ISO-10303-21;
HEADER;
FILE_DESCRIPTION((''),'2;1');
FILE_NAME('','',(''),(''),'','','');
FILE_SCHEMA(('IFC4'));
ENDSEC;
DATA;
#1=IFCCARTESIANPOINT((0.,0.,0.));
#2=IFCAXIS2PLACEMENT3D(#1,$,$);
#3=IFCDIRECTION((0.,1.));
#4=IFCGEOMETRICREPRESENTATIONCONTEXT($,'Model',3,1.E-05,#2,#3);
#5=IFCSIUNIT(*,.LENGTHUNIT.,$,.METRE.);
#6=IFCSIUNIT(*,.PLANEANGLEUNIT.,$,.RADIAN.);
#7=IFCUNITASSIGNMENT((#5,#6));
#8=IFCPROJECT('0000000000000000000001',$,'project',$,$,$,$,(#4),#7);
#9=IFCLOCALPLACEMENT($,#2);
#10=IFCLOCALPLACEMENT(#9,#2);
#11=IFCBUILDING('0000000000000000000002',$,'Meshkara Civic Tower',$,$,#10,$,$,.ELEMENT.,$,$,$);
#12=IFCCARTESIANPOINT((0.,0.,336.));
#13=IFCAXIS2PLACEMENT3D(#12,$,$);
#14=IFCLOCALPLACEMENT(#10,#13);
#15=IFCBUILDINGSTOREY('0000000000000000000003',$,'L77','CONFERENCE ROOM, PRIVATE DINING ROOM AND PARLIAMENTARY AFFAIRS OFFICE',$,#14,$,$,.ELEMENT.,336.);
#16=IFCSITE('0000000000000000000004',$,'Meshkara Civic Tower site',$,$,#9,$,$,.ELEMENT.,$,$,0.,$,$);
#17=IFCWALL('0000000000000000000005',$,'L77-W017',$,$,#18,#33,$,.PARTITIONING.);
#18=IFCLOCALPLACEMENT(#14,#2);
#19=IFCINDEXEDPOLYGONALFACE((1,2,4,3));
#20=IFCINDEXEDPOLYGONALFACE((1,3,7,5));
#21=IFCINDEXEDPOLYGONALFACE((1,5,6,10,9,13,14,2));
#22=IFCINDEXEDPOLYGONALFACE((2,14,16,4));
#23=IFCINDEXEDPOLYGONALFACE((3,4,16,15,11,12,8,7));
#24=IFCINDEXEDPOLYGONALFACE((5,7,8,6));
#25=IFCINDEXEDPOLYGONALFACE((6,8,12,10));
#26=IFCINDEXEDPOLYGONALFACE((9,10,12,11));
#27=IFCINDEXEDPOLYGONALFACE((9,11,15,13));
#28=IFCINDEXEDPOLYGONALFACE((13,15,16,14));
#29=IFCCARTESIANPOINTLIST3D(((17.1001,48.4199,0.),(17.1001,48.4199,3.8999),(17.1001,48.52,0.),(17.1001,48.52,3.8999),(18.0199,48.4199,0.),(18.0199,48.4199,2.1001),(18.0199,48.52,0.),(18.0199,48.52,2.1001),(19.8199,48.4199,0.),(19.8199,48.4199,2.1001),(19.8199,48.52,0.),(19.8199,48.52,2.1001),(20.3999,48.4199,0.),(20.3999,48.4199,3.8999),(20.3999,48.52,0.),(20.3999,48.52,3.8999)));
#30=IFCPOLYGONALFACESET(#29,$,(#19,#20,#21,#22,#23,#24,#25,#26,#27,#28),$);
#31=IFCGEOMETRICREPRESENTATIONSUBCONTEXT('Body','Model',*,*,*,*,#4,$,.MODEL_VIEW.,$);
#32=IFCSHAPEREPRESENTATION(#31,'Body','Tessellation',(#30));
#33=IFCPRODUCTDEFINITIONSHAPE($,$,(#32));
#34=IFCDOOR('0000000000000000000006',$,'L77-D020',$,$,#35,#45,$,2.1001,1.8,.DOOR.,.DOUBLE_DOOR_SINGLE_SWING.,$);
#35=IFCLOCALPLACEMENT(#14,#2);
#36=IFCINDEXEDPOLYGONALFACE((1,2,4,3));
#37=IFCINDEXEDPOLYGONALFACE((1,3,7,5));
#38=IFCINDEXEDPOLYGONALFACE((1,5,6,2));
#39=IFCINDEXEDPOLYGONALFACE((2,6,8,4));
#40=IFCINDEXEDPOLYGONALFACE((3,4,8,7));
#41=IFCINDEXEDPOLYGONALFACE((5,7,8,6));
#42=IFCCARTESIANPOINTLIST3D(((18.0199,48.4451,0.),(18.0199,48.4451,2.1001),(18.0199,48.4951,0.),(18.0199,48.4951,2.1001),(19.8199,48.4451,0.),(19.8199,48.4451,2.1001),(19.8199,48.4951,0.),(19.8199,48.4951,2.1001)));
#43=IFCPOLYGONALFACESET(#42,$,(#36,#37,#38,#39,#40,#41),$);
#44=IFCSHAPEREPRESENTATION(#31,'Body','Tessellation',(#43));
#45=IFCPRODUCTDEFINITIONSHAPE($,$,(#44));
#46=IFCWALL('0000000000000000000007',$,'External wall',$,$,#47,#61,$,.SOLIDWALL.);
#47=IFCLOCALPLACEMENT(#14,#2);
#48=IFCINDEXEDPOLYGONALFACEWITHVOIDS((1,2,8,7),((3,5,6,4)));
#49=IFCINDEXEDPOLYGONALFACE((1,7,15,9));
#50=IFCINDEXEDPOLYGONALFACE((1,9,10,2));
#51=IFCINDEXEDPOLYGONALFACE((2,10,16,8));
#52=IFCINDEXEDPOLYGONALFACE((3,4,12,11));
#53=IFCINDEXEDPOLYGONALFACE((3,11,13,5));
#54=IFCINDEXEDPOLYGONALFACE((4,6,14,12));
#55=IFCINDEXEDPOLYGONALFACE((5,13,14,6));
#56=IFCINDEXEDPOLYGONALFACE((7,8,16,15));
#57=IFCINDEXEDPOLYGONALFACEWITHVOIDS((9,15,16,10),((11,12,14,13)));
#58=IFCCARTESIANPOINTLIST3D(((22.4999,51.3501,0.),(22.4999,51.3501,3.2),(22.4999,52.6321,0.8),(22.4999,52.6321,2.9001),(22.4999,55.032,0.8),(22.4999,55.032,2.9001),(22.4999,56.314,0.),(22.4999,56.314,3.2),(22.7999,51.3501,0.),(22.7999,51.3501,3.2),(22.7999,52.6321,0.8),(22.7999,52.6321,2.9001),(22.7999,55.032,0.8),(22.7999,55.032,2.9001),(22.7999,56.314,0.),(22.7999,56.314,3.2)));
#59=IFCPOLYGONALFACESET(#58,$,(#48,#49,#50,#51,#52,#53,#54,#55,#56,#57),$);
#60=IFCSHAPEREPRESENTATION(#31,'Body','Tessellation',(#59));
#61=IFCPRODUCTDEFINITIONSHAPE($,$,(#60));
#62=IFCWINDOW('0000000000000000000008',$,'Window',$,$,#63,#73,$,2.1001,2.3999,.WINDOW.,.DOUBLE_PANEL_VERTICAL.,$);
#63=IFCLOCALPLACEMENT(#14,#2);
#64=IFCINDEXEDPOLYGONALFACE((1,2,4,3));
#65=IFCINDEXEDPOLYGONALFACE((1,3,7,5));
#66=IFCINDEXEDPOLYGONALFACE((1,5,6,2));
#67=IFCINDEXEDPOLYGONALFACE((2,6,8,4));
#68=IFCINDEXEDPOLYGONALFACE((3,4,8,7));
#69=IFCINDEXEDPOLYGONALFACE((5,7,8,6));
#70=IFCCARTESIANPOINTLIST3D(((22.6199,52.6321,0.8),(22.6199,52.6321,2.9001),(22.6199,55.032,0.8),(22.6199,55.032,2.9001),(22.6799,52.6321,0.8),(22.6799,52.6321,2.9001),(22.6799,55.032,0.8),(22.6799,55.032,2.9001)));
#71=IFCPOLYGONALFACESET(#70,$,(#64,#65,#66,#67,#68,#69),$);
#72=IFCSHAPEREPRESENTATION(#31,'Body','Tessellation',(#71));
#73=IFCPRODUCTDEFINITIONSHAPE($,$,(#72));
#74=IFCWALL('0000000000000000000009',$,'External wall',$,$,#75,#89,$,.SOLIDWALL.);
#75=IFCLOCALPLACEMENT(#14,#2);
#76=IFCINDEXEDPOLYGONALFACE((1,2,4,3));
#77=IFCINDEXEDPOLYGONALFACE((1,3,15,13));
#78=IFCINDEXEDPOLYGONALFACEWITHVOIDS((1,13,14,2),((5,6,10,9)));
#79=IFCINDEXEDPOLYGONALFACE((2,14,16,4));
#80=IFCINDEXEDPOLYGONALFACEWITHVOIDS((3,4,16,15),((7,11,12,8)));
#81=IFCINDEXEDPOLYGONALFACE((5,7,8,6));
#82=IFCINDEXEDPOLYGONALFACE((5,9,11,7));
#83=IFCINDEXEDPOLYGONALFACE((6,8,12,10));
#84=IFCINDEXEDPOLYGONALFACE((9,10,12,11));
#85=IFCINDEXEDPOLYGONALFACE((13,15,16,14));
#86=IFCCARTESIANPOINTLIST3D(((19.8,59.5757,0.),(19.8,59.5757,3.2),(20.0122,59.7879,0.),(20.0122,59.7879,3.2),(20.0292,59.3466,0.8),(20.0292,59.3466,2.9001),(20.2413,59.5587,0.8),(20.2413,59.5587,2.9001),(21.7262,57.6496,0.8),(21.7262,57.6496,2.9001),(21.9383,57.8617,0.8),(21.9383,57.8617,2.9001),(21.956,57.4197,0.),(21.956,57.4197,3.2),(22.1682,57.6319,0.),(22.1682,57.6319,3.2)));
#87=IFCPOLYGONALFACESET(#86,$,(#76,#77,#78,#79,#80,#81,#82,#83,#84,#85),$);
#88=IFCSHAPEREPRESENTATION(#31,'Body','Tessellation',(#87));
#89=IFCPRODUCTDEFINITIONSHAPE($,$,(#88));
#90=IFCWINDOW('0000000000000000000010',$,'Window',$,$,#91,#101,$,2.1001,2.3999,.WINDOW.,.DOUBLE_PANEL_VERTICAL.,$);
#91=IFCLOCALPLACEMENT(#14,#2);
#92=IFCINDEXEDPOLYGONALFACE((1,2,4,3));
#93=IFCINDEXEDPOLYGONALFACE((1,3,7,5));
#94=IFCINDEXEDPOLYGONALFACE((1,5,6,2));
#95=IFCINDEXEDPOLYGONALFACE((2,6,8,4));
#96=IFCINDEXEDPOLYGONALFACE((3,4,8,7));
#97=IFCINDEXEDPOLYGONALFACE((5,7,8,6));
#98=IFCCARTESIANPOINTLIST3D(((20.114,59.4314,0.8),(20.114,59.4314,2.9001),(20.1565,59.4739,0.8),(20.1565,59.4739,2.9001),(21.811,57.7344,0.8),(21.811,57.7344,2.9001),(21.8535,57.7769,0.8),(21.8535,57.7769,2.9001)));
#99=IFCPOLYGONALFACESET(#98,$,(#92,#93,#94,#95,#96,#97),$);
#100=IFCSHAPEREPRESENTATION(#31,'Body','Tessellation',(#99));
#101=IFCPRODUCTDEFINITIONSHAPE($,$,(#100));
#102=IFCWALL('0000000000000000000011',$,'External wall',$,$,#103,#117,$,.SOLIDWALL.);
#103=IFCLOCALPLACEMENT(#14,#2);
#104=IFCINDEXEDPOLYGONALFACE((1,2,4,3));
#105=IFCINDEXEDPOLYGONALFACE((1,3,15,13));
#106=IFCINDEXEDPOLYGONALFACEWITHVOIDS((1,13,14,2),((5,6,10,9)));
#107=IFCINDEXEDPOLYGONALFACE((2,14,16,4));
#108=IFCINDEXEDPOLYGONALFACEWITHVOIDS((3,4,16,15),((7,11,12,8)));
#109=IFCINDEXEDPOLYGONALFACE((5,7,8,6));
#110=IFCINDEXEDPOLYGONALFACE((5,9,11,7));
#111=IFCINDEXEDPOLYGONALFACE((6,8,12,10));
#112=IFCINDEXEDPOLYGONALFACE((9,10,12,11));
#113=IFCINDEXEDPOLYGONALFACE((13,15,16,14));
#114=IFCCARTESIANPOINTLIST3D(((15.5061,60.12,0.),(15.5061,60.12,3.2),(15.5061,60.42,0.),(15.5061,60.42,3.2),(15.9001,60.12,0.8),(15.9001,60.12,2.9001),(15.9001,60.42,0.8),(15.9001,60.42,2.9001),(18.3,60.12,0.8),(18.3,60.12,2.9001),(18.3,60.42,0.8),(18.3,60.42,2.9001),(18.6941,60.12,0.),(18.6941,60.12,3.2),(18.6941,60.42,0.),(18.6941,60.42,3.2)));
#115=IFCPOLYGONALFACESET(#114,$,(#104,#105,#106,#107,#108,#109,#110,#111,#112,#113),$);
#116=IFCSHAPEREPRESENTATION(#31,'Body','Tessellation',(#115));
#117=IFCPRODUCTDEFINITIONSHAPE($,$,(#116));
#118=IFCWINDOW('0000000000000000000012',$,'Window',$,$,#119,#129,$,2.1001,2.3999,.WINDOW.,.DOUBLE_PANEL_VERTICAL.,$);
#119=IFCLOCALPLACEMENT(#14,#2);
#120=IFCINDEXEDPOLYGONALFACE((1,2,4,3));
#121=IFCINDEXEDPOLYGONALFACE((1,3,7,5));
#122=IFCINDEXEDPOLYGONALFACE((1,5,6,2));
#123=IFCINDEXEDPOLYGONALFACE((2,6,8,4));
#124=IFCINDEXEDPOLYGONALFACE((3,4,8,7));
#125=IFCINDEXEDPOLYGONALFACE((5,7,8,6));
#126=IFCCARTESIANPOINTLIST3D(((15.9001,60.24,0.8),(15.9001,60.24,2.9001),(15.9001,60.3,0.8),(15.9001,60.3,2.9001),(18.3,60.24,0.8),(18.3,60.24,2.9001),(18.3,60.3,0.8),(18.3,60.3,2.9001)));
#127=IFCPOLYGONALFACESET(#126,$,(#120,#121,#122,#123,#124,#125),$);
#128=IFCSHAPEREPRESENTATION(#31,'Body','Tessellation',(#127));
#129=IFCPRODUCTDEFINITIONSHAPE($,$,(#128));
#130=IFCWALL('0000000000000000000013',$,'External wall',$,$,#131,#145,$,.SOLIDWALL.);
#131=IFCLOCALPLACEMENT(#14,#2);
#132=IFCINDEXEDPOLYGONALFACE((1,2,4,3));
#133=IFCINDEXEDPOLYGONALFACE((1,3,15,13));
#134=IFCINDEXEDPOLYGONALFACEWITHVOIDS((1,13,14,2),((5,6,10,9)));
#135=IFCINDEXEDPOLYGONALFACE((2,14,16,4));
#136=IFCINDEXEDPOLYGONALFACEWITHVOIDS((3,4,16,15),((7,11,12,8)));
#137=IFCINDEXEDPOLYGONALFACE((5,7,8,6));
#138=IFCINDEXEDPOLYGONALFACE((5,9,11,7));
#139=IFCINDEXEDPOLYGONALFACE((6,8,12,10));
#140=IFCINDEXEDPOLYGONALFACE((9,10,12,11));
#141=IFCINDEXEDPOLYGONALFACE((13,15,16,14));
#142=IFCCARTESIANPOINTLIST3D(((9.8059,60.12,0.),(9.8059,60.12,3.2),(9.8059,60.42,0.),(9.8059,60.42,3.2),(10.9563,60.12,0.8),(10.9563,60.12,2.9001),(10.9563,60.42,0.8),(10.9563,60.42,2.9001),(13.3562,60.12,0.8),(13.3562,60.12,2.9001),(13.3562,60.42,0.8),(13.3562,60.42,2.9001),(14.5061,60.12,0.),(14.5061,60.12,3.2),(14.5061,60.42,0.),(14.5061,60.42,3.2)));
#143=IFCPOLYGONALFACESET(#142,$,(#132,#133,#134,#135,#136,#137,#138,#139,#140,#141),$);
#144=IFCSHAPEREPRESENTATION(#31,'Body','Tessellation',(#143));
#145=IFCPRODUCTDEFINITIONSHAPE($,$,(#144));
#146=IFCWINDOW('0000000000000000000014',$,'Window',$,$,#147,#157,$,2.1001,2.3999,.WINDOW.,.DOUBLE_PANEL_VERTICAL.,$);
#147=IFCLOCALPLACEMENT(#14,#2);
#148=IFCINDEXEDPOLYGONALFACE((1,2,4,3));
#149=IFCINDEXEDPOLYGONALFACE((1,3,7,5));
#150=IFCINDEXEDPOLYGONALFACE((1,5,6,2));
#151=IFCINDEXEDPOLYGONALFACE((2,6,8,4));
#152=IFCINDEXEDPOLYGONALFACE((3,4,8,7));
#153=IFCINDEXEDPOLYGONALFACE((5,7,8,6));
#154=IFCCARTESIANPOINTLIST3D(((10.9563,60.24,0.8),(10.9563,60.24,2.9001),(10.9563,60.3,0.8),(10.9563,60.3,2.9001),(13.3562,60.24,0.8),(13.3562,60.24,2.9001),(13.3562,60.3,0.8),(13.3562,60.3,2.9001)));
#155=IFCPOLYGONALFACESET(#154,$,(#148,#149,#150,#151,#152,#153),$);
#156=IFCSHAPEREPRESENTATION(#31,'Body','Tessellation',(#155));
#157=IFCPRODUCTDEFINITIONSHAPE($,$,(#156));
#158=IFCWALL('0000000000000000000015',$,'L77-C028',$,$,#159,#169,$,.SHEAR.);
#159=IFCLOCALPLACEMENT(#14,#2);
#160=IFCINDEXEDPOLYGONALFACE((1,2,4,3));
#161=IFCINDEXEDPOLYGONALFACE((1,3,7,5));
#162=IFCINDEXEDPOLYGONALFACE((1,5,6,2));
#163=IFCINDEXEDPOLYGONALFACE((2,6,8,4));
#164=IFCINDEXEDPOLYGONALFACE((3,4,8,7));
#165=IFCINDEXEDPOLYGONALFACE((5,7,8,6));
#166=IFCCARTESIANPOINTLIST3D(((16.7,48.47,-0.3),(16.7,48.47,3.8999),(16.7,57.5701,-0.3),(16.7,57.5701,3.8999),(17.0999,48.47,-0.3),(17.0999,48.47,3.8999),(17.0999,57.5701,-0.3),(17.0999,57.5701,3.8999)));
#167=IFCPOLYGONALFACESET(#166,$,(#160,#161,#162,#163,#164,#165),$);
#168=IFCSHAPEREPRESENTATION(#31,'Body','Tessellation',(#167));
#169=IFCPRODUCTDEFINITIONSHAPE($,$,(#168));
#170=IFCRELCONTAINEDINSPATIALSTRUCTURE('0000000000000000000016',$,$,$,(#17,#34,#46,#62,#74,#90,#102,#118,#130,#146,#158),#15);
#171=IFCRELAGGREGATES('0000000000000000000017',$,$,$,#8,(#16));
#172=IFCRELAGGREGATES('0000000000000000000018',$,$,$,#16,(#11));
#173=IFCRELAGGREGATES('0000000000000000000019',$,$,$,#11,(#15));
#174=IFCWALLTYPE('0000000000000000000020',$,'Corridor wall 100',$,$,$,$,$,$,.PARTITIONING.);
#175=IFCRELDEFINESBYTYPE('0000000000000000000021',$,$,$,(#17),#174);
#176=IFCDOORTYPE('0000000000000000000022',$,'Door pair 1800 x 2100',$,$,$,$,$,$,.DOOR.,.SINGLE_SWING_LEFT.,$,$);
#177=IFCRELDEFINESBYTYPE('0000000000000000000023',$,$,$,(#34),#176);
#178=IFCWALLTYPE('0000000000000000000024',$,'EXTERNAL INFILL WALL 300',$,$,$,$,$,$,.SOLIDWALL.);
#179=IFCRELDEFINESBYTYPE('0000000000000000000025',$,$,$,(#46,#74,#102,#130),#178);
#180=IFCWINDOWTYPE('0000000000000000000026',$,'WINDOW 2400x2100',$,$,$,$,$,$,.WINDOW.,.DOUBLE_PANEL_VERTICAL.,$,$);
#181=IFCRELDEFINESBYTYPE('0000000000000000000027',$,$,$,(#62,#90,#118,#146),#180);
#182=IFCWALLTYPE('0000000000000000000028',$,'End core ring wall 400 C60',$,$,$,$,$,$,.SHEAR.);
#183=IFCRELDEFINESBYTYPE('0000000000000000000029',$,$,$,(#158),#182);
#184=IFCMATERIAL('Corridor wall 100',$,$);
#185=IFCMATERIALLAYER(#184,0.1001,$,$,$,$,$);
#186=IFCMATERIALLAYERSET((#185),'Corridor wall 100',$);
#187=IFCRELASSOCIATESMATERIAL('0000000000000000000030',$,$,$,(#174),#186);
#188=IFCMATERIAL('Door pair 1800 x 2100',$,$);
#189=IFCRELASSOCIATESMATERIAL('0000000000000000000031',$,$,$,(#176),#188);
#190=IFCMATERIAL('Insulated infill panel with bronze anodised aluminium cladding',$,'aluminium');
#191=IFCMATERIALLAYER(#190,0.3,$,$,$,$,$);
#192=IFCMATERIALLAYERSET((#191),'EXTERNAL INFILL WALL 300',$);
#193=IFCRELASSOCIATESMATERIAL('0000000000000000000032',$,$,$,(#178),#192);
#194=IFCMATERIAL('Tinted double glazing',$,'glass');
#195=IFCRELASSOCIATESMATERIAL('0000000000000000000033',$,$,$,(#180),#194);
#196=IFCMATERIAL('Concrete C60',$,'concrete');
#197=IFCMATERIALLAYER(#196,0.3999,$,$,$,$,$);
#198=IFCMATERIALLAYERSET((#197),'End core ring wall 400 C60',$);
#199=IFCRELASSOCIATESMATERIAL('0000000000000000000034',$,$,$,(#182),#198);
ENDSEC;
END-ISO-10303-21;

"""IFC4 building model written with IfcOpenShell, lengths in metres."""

from ifc_helpers import new_model, si_unit, direction, frame, frame_2d, origin, place, context, subcontext, project, spatial, rectangle, extrude, material, layer, layer_set, type_object, element, fill, save


model = new_model("IFC4")

# Units and contexts
model_context = context("Model", 3, precision=1e-05, world=origin(), true_north=direction((0.0, 1.0)))
body_context = subcontext(model_context, "Body", "Model", "MODEL_VIEW")
ifc_project = project(units=[si_unit("LENGTHUNIT", "METRE"), si_unit("PLANEANGLEUNIT", "RADIAN")], contexts=[model_context])

# Site, building, storey
site_placement = place(None, origin())
site = spatial("IfcSite", under=ifc_project, at=site_placement, Name="Meshkara Civic Tower site", CompositionType="ELEMENT", RefElevation=0.0)
building_placement = place(site_placement, origin())
building = spatial("IfcBuilding", under=site, at=building_placement, Name="Meshkara Civic Tower", CompositionType="ELEMENT")
storey_placement = place(building_placement, frame((0.0, 0.0, 336.0)))
storey = spatial("IfcBuildingStorey", under=building, at=storey_placement, Name="L77", Description="CONFERENCE ROOM, PRIVATE DINING ROOM AND PARLIAMENTARY AFFAIRS OFFICE", CompositionType="ELEMENT", Elevation=336.0)

# Shared definitions
ifc_material_1 = material(Name="Corridor wall 100")
ifc_layer_1 = layer(ifc_material_1, 0.1001)
ifc_layer_set_1 = layer_set([ifc_layer_1], Name="Corridor wall 100")
wall_type_1 = type_object("IfcWallType", Name="Corridor wall 100", PredefinedType="PARTITIONING", material=ifc_layer_set_1)

# Wall, opening, door
wall_1_placement = place(storey_placement, frame((20.3999, 48.47, 0.0), z_axis=(0.0, 0.0, 1.0), x_axis=(-1.0, 0.0, 0.0)))
wall_1 = element("IfcWall", 1, at=wall_1_placement, inside=storey, type_object=wall_type_1, Name="L77-W017", PredefinedType="PARTITIONING", context=body_context, shape_type="SweptSolid", body=[
    extrude(rectangle(XDim=3.2998, YDim=0.1001, at=frame_2d((1.6499, 0.0))), origin(), (0.0, 0.0, 1.0), 3.8999),
])
opening_1_placement = place(wall_1_placement, frame((0.5801, 0.0, 0.0)))
opening_1 = element("IfcOpeningElement", 2, at=opening_1_placement, cuts=wall_1, PredefinedType="OPENING", context=body_context, shape_type="SweptSolid", body=[
    extrude(rectangle(XDim=1.8, YDim=2.1001, at=frame_2d((0.8999, 1.05))), frame((0.0, 0.0601, 0.0), z_axis=(0.0, -1.0, 0.0), x_axis=(1.0, 0.0, 0.0)), (0.0, 0.0, 1.0), 0.1201),
])
ifc_material_2 = material(Name="Door pair 1800 x 2100")
door_type_1 = type_object("IfcDoorType", Name="Door pair 1800 x 2100", OperationType="SINGLE_SWING_LEFT", PredefinedType="DOOR", material=ifc_material_2)
door_1_placement = place(opening_1_placement, origin())
door_1 = element("IfcDoor", 3, at=door_1_placement, inside=storey, type_object=door_type_1, Name="L77-D020", OperationType="DOUBLE_DOOR_SINGLE_SWING", OverallHeight=2.1001, OverallWidth=1.8, PredefinedType="DOOR", context=body_context, shape_type="SweptSolid", body=[
    extrude(rectangle(XDim=1.8, YDim=2.1001, at=frame_2d((0.8999, 1.05))), frame((0.0, 0.0249, 0.0), z_axis=(0.0, -1.0, 0.0), x_axis=(1.0, 0.0, 0.0)), (0.0, 0.0, 1.0), 0.05),
])
fill(opening_1, door_1)

# Walls, openings, windows
ifc_material_3 = material(Name="Insulated infill panel with bronze anodised aluminium cladding", Category="aluminium")
ifc_layer_2 = layer(ifc_material_3, 0.3)
ifc_layer_set_2 = layer_set([ifc_layer_2], Name="EXTERNAL INFILL WALL 300")
wall_type_2 = type_object("IfcWallType", Name="EXTERNAL INFILL WALL 300", PredefinedType="SOLIDWALL", material=ifc_layer_set_2)
wall_2_placement = place(storey_placement, frame((22.6499, 51.3501, 0.0), z_axis=(0.0, 0.0, 1.0), x_axis=(0.0, 1.0, 0.0)))
wall_2 = element("IfcWall", 4, at=wall_2_placement, inside=storey, type_object=wall_type_2, Name="External wall", PredefinedType="SOLIDWALL", context=body_context, shape_type="SweptSolid", body=[
    extrude(rectangle(XDim=4.9639, YDim=0.3, at=frame_2d((2.4819, 0.0))), origin(), (0.0, 0.0, 1.0), 3.2),
])
opening_2_placement = place(wall_2_placement, frame((1.282, 0.0, 0.8)))
opening_2 = element("IfcOpeningElement", 5, at=opening_2_placement, cuts=wall_2, PredefinedType="OPENING", context=body_context, shape_type="SweptSolid", body=[
    extrude(rectangle(XDim=2.3999, YDim=2.1001, at=frame_2d((1.2, 1.05))), frame((0.0, 0.1599, 0.0), z_axis=(0.0, -1.0, 0.0), x_axis=(1.0, 0.0, 0.0)), (0.0, 0.0, 1.0), 0.3201),
])
ifc_material_4 = material(Name="Tinted double glazing", Category="glass")
window_type = type_object("IfcWindowType", Name="WINDOW 2400x2100", PartitioningType="DOUBLE_PANEL_VERTICAL", PredefinedType="WINDOW", material=ifc_material_4)
window_1_placement = place(opening_2_placement, origin())
window_1 = element("IfcWindow", 6, at=window_1_placement, inside=storey, type_object=window_type, Name="Window", OverallHeight=2.1001, OverallWidth=2.3999, PartitioningType="DOUBLE_PANEL_VERTICAL", PredefinedType="WINDOW", context=body_context, shape_type="SweptSolid", body=[
    extrude(rectangle(XDim=2.3999, YDim=2.1001, at=frame_2d((1.2, 1.05))), frame((0.0, 0.03, 0.0), z_axis=(0.0, -1.0, 0.0), x_axis=(1.0, 0.0, 0.0)), (0.0, 0.0, 1.0), 0.0601),
])
fill(opening_2, window_1)
wall_3_placement = place(storey_placement, frame((22.062, 57.5259, 0.0), z_axis=(0.0, 0.0, 1.0), x_axis=(-0.707107, 0.707107, 0.0)))
wall_3 = element("IfcWall", 7, at=wall_3_placement, inside=storey, type_object=wall_type_2, Name="External wall", PredefinedType="SOLIDWALL", context=body_context, shape_type="SweptSolid", body=[
    extrude(rectangle(XDim=3.0491, YDim=0.3, at=frame_2d((1.5244, 0.0))), origin(), (0.0, 0.0, 1.0), 3.2),
])
opening_3_placement = place(wall_3_placement, frame((0.325, 0.0, 0.8)))
opening_3 = element("IfcOpeningElement", 8, at=opening_3_placement, cuts=wall_3, PredefinedType="OPENING", context=body_context, shape_type="SweptSolid", body=[
    extrude(rectangle(XDim=2.3999, YDim=2.1001, at=frame_2d((1.2, 1.05))), frame((0.0, 0.1599, 0.0), z_axis=(0.0, -1.0, 0.0), x_axis=(1.0, 0.0, 0.0)), (0.0, 0.0, 1.0), 0.3201),
])
window_2_placement = place(opening_3_placement, origin())
window_2 = element("IfcWindow", 9, at=window_2_placement, inside=storey, type_object=window_type, Name="Window", OverallHeight=2.1001, OverallWidth=2.3999, PartitioningType="DOUBLE_PANEL_VERTICAL", PredefinedType="WINDOW", context=body_context, shape_type="SweptSolid", body=[
    extrude(rectangle(XDim=2.3999, YDim=2.1001, at=frame_2d((1.2, 1.05))), frame((0.0, 0.03, 0.0), z_axis=(0.0, -1.0, 0.0), x_axis=(1.0, 0.0, 0.0)), (0.0, 0.0, 1.0), 0.0601),
])
fill(opening_3, window_2)
wall_4_placement = place(storey_placement, frame((18.6941, 60.27, 0.0), z_axis=(0.0, 0.0, 1.0), x_axis=(-1.0, 0.0, 0.0)))
wall_4 = element("IfcWall", 10, at=wall_4_placement, inside=storey, type_object=wall_type_2, Name="External wall", PredefinedType="SOLIDWALL", context=body_context, shape_type="SweptSolid", body=[
    extrude(rectangle(XDim=3.188, YDim=0.3, at=frame_2d((1.594, 0.0))), origin(), (0.0, 0.0, 1.0), 3.2),
])
opening_4_placement = place(wall_4_placement, frame((0.394, 0.0, 0.8)))
opening_4 = element("IfcOpeningElement", 11, at=opening_4_placement, cuts=wall_4, PredefinedType="OPENING", context=body_context, shape_type="SweptSolid", body=[
    extrude(rectangle(XDim=2.3999, YDim=2.1001, at=frame_2d((1.2, 1.05))), frame((0.0, 0.1599, 0.0), z_axis=(0.0, -1.0, 0.0), x_axis=(1.0, 0.0, 0.0)), (0.0, 0.0, 1.0), 0.3201),
])
window_3_placement = place(opening_4_placement, origin())
window_3 = element("IfcWindow", 12, at=window_3_placement, inside=storey, type_object=window_type, Name="Window", OverallHeight=2.1001, OverallWidth=2.3999, PartitioningType="DOUBLE_PANEL_VERTICAL", PredefinedType="WINDOW", context=body_context, shape_type="SweptSolid", body=[
    extrude(rectangle(XDim=2.3999, YDim=2.1001, at=frame_2d((1.2, 1.05))), frame((0.0, 0.03, 0.0), z_axis=(0.0, -1.0, 0.0), x_axis=(1.0, 0.0, 0.0)), (0.0, 0.0, 1.0), 0.0601),
])
fill(opening_4, window_3)
wall_5_placement = place(storey_placement, frame((14.5061, 60.27, 0.0), z_axis=(0.0, 0.0, 1.0), x_axis=(-1.0, 0.0, 0.0)))
wall_5 = element("IfcWall", 13, at=wall_5_placement, inside=storey, type_object=wall_type_2, Name="External wall", PredefinedType="SOLIDWALL", context=body_context, shape_type="SweptSolid", body=[
    extrude(rectangle(XDim=4.7002, YDim=0.3, at=frame_2d((2.3501, 0.0))), origin(), (0.0, 0.0, 1.0), 3.2),
])
opening_5_placement = place(wall_5_placement, frame((1.1499, 0.0, 0.8)))
opening_5 = element("IfcOpeningElement", 14, at=opening_5_placement, cuts=wall_5, PredefinedType="OPENING", context=body_context, shape_type="SweptSolid", body=[
    extrude(rectangle(XDim=2.3999, YDim=2.1001, at=frame_2d((1.2, 1.05))), frame((0.0, 0.1599, 0.0), z_axis=(0.0, -1.0, 0.0), x_axis=(1.0, 0.0, 0.0)), (0.0, 0.0, 1.0), 0.3201),
])
window_4_placement = place(opening_5_placement, origin())
window_4 = element("IfcWindow", 15, at=window_4_placement, inside=storey, type_object=window_type, Name="Window", OverallHeight=2.1001, OverallWidth=2.3999, PartitioningType="DOUBLE_PANEL_VERTICAL", PredefinedType="WINDOW", context=body_context, shape_type="SweptSolid", body=[
    extrude(rectangle(XDim=2.3999, YDim=2.1001, at=frame_2d((1.2, 1.05))), frame((0.0, 0.03, 0.0), z_axis=(0.0, -1.0, 0.0), x_axis=(1.0, 0.0, 0.0)), (0.0, 0.0, 1.0), 0.0601),
])
fill(opening_5, window_4)

# Wall
ifc_material_5 = material(Name="Concrete C60", Category="concrete")
ifc_layer_3 = layer(ifc_material_5, 0.3999)
ifc_layer_set_3 = layer_set([ifc_layer_3], Name="End core ring wall 400 C60")
wall_type_3 = type_object("IfcWallType", Name="End core ring wall 400 C60", PredefinedType="SHEAR", material=ifc_layer_set_3)
wall_6_placement = place(storey_placement, frame((16.8999, 48.47, -0.3), z_axis=(0.0, 0.0, 1.0), x_axis=(0.0, 1.0, 0.0)))
element("IfcWall", 16, at=wall_6_placement, inside=storey, type_object=wall_type_3, Name="L77-C028", PredefinedType="SHEAR", context=body_context, shape_type="SweptSolid", body=[
    extrude(rectangle(XDim=9.1001, YDim=0.3999, at=frame_2d((4.55, 0.0))), origin(), (0.0, 0.0, 1.0), 4.2),
])

save(model, "model.ifc")
